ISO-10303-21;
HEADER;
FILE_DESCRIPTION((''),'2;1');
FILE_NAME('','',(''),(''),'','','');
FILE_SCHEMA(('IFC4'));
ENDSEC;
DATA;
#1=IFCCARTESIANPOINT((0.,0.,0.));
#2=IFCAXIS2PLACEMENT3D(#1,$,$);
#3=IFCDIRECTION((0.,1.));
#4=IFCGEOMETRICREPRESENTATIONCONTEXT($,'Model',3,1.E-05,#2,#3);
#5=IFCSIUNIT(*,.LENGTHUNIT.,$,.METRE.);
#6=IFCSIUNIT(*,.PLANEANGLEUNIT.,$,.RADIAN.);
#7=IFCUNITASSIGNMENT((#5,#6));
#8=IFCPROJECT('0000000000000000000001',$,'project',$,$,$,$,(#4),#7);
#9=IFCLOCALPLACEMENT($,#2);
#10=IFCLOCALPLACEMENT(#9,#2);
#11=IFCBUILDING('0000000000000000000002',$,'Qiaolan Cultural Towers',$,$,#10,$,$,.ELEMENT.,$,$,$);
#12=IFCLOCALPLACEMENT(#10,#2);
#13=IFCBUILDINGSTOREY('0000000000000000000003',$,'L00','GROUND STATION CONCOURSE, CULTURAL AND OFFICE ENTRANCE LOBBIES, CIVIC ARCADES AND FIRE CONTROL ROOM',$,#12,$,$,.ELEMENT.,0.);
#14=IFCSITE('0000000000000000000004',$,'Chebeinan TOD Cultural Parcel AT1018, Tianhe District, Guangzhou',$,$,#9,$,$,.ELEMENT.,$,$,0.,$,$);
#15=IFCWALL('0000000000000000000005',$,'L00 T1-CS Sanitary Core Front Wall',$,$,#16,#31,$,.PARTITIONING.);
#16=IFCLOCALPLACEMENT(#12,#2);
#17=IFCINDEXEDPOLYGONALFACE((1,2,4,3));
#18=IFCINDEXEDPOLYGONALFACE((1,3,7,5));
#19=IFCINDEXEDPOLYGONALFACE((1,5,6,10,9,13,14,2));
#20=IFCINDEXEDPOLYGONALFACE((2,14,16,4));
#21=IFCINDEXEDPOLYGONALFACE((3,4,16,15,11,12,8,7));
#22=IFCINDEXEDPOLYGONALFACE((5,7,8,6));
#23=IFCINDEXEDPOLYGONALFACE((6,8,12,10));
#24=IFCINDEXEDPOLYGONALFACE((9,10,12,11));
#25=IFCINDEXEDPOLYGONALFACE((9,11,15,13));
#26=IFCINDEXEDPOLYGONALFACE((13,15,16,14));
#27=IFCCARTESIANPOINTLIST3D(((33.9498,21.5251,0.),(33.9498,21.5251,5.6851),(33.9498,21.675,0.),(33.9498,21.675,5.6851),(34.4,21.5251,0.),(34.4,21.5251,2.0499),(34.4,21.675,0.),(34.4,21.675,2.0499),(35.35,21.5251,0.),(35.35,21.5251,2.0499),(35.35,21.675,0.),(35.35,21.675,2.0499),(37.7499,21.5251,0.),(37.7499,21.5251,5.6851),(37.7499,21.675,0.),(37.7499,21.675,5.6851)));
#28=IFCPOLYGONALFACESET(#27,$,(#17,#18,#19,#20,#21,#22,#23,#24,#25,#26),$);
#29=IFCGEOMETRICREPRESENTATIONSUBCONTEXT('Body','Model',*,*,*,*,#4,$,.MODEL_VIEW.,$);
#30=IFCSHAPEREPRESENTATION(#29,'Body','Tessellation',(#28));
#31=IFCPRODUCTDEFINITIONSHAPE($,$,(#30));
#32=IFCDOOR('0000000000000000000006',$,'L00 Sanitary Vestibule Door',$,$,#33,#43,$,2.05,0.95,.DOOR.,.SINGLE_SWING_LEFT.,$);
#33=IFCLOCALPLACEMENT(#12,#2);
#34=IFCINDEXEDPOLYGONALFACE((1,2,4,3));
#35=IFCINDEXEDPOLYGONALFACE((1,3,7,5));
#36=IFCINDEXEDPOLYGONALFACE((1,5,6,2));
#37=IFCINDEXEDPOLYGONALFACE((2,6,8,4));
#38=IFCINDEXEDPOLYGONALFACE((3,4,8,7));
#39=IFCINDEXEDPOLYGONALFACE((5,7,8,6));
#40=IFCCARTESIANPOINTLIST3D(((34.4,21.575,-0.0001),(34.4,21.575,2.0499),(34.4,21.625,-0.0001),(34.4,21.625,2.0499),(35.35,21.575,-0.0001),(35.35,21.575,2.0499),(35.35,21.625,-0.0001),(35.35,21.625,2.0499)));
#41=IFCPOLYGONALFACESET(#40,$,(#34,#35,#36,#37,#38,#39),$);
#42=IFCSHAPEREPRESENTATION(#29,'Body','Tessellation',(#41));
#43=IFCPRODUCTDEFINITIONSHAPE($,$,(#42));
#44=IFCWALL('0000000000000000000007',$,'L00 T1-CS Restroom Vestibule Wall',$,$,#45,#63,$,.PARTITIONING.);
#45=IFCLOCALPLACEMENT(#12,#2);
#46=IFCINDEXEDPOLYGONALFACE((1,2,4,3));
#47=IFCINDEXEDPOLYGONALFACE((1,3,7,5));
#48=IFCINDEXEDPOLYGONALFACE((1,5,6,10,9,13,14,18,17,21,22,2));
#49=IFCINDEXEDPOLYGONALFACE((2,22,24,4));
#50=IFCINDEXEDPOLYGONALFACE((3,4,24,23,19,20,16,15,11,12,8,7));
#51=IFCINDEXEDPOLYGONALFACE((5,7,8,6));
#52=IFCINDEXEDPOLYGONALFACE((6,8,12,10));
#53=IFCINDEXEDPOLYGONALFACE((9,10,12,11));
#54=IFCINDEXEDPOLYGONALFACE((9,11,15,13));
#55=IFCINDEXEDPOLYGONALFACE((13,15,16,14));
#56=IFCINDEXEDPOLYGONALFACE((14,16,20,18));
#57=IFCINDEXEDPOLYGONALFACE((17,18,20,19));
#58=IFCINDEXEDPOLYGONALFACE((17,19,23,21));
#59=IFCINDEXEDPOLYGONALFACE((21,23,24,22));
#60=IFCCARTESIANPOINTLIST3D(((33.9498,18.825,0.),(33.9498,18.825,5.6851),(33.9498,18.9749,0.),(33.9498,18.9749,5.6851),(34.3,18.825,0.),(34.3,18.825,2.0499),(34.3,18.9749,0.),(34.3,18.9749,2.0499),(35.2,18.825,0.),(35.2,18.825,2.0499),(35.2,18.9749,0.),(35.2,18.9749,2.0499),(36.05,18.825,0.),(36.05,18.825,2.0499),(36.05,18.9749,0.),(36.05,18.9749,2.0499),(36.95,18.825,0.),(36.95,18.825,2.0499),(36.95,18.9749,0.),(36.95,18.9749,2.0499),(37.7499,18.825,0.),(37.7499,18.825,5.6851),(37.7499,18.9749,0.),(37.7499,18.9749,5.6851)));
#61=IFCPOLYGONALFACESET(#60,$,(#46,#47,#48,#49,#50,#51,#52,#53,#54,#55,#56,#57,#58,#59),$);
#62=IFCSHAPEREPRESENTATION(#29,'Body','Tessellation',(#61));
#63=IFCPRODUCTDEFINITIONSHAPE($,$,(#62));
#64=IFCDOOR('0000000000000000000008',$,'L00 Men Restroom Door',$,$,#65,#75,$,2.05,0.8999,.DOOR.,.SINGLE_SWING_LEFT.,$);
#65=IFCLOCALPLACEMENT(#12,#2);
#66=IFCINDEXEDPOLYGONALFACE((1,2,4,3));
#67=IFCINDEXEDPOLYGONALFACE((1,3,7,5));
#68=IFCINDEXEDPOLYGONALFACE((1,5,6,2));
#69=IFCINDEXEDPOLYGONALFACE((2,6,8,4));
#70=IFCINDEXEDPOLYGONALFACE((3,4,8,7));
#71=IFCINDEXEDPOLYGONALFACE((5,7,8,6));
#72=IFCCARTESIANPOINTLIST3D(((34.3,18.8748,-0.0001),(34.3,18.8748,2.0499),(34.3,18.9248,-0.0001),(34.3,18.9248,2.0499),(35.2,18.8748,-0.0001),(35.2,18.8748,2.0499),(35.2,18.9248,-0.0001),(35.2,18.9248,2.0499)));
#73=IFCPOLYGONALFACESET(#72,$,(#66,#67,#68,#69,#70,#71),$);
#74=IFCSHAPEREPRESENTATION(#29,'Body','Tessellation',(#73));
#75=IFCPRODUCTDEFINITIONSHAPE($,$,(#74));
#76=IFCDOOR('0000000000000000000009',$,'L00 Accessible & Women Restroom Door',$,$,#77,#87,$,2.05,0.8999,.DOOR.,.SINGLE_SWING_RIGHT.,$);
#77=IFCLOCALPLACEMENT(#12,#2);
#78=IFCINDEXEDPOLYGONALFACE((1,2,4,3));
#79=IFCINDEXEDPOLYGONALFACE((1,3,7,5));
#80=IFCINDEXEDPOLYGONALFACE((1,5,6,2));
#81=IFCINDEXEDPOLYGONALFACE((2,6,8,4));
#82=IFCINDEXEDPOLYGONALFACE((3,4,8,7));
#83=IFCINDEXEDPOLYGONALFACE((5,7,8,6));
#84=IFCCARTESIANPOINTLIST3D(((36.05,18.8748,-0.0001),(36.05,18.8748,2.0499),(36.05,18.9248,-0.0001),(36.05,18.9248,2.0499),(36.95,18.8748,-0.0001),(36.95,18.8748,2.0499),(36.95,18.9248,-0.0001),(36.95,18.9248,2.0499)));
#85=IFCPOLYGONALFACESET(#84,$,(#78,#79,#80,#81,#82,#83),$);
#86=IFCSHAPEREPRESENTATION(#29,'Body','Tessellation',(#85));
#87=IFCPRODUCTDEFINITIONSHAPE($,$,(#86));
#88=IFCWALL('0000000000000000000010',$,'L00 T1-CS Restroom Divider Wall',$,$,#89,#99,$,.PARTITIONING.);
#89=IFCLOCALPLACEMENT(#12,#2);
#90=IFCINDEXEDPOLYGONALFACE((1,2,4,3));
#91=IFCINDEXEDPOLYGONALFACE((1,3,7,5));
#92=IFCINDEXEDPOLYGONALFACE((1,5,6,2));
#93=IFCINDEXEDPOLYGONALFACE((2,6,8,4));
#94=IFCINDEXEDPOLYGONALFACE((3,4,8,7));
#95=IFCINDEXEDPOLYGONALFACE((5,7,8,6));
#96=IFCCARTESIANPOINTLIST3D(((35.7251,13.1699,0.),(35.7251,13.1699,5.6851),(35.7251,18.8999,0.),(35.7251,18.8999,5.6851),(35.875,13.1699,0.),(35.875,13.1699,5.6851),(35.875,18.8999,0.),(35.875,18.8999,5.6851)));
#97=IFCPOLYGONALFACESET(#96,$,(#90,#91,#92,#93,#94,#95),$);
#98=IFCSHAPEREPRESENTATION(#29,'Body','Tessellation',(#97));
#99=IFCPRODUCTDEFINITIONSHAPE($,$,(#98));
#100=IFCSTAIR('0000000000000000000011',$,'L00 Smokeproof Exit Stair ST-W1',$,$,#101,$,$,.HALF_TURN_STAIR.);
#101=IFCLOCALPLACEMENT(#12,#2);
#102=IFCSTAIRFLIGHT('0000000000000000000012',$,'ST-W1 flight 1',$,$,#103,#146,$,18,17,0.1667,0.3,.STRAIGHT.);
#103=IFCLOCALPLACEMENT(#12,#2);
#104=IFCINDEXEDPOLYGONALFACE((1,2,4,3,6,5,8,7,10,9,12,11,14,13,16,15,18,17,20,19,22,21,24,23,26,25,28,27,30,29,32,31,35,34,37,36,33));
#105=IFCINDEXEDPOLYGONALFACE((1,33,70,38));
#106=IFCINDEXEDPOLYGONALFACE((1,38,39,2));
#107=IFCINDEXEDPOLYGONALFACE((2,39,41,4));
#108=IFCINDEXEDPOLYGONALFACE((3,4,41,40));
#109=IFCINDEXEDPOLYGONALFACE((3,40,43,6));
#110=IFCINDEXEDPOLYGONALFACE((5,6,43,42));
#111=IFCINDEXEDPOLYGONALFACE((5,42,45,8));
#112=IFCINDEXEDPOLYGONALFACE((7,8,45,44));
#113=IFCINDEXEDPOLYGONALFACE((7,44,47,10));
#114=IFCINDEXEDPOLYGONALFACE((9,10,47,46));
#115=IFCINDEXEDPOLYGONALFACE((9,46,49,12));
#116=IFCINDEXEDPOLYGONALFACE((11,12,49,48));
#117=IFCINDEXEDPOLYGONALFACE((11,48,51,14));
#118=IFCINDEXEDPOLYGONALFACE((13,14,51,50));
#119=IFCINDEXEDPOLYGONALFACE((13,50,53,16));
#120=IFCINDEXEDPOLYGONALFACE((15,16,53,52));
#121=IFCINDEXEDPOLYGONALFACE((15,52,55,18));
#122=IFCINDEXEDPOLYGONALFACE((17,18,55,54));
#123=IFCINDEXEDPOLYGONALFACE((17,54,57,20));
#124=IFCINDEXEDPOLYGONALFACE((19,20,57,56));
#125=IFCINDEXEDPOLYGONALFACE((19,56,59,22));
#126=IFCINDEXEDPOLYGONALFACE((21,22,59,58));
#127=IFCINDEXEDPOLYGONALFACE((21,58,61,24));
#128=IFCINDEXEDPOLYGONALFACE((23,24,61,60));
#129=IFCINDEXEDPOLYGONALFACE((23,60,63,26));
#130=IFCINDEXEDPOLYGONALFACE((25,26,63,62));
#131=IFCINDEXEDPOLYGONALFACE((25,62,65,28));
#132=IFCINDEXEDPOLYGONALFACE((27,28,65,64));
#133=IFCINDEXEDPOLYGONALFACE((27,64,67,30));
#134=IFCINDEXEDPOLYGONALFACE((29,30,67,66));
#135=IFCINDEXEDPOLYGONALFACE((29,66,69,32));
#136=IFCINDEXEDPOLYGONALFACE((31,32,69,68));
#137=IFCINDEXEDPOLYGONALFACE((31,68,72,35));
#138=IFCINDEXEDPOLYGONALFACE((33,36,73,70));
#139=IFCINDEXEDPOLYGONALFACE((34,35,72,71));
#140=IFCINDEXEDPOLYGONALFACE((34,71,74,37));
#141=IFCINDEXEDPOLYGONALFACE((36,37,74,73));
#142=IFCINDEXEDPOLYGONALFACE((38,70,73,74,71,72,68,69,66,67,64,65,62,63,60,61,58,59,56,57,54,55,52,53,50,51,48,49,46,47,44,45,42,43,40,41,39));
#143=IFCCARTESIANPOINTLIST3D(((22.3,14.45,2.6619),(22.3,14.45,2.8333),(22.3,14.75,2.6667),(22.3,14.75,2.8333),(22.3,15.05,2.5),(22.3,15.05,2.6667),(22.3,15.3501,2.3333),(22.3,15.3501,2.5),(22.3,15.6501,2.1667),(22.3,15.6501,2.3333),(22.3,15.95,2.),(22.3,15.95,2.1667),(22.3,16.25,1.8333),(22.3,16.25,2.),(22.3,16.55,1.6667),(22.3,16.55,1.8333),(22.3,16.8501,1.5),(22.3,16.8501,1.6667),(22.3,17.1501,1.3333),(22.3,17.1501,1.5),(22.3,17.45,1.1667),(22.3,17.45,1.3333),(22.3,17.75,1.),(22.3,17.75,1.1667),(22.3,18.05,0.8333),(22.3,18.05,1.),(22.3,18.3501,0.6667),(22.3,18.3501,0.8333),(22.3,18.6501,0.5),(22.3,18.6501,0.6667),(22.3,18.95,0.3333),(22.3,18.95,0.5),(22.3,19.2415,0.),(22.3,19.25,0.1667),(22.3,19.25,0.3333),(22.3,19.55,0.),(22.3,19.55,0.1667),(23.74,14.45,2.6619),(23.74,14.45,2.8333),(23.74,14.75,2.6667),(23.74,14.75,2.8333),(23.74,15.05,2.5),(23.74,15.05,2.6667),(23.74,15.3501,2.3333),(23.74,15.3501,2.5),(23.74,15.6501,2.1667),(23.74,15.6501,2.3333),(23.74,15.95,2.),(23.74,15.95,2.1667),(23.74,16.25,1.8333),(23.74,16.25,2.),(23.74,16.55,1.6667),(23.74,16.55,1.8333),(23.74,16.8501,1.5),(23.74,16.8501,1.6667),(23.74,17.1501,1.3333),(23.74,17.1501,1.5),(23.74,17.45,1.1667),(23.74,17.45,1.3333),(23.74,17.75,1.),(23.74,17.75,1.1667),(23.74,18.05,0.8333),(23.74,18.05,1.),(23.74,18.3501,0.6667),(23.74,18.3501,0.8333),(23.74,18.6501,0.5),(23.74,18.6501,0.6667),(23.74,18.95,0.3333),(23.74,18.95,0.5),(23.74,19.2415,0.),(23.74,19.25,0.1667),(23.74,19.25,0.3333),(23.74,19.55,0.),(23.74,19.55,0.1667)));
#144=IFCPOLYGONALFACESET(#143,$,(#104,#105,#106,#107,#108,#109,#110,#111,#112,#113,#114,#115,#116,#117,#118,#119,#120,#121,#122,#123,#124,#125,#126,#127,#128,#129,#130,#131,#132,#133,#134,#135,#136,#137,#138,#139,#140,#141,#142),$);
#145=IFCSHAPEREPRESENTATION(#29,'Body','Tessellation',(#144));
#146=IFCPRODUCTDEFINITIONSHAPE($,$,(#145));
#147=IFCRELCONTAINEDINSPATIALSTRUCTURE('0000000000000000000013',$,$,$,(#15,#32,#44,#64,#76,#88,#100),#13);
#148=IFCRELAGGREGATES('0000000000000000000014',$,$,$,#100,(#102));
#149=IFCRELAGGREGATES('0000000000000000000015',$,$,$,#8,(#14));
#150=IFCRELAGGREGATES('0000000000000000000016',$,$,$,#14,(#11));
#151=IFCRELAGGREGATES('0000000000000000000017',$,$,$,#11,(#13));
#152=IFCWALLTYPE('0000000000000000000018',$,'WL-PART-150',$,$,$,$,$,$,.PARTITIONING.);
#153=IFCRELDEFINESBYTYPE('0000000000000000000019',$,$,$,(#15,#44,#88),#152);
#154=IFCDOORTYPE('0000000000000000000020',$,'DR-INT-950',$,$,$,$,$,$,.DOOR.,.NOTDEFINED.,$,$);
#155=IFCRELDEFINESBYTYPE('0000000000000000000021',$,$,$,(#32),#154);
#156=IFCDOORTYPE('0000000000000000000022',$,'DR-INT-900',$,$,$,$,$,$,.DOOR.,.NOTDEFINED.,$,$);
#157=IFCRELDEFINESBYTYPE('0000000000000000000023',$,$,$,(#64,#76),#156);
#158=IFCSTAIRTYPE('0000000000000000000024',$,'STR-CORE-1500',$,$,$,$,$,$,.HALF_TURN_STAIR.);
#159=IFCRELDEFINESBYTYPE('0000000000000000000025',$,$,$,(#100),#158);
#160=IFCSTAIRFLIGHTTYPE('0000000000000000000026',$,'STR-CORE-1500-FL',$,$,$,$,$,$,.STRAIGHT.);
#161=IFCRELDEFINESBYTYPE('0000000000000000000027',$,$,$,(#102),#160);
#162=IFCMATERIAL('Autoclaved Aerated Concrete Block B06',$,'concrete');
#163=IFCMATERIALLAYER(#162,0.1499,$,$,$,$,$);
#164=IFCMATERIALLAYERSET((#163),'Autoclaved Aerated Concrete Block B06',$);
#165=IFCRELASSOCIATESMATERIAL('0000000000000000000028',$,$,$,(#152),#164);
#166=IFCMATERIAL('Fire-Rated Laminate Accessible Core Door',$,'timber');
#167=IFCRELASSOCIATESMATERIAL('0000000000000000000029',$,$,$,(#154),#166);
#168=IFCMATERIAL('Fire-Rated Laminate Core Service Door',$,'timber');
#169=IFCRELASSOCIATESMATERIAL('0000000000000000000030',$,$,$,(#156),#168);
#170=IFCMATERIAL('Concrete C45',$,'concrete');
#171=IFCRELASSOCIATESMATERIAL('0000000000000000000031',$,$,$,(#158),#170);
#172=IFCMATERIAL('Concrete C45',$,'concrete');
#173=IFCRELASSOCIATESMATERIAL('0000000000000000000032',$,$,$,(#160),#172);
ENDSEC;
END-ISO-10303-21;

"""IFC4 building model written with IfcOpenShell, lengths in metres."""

from ifc_helpers import new_model, si_unit, direction, frame, frame_2d, origin, place, context, subcontext, project, spatial, polyline, rectangle, outline, extrude, material, layer, layer_set, type_object, element, fill, aggregate, save


model = new_model("IFC4")

# Units and contexts
model_context = context("Model", 3, precision=1e-05, world=origin(), true_north=direction((0.0, 1.0)))
body_context = subcontext(model_context, "Body", "Model", "MODEL_VIEW")
ifc_project = project(units=[si_unit("LENGTHUNIT", "METRE"), si_unit("PLANEANGLEUNIT", "RADIAN")], contexts=[model_context])

# Site, building, storey
site_placement = place(None, origin())
site = spatial("IfcSite", under=ifc_project, at=site_placement, Name="Chebeinan TOD Cultural Parcel AT1018, Tianhe District, Guangzhou", CompositionType="ELEMENT", RefElevation=0.0)
building_placement = place(site_placement, origin())
building = spatial("IfcBuilding", under=site, at=building_placement, Name="Qiaolan Cultural Towers", CompositionType="ELEMENT")
storey_placement = place(building_placement, origin())
storey = spatial("IfcBuildingStorey", under=building, at=storey_placement, Name="L00", Description="GROUND STATION CONCOURSE, CULTURAL AND OFFICE ENTRANCE LOBBIES, CIVIC ARCADES AND FIRE CONTROL ROOM", CompositionType="ELEMENT", Elevation=0.0)

# Wall, opening, door
ifc_material_1 = material(Name="Autoclaved Aerated Concrete Block B06", Category="concrete")
ifc_layer_1 = layer(ifc_material_1, 0.1499)
ifc_layer_set_1 = layer_set([ifc_layer_1], Name="Autoclaved Aerated Concrete Block B06")
wall_type_1 = type_object("IfcWallType", Name="WL-PART-150", PredefinedType="PARTITIONING", material=ifc_layer_set_1)
wall_1_placement = place(storey_placement, frame((33.95, 21.6001, 0.0), z_axis=(0.0, 0.0, 1.0), x_axis=(1.0, 0.0, 0.0)))
wall_1 = element("IfcWall", 1, at=wall_1_placement, inside=storey, type_object=wall_type_1, Name="L00 T1-CS Sanitary Core Front Wall", PredefinedType="PARTITIONING", context=body_context, shape_type="SweptSolid", body=[
    extrude(rectangle(XDim=3.8, YDim=0.1499, at=frame_2d((1.8999, 0.0))), origin(), (0.0, 0.0, 1.0), 5.6851),
])
opening_1_placement = place(wall_1_placement, frame((0.45, 0.0, 0.0)))
opening_1 = element("IfcOpeningElement", 2, at=opening_1_placement, cuts=wall_1, PredefinedType="OPENING", context=body_context, shape_type="SweptSolid", body=[
    extrude(rectangle(XDim=0.95, YDim=2.05, at=frame_2d((0.4751, 1.0249))), frame((0.0, 0.085, 0.0), z_axis=(0.0, -1.0, 0.0), x_axis=(1.0, 0.0, 0.0)), (0.0, 0.0, 1.0), 0.1699),
])
ifc_material_2 = material(Name="Fire-Rated Laminate Accessible Core Door", Category="timber")
door_type_1 = type_object("IfcDoorType", Name="DR-INT-950", OperationType="NOTDEFINED", PredefinedType="DOOR", material=ifc_material_2)
door_1_placement = place(opening_1_placement, origin())
door_1 = element("IfcDoor", 3, at=door_1_placement, inside=storey, type_object=door_type_1, Name="L00 Sanitary Vestibule Door", OperationType="SINGLE_SWING_LEFT", OverallHeight=2.05, OverallWidth=0.95, PredefinedType="DOOR", context=body_context, shape_type="SweptSolid", body=[
    extrude(rectangle(XDim=0.95, YDim=2.05, at=frame_2d((0.4751, 1.0249))), frame((0.0, 0.0249, 0.0), z_axis=(0.0, -1.0, 0.0), x_axis=(1.0, 0.0, 0.0)), (0.0, 0.0, 1.0), 0.05),
])
fill(opening_1, door_1)

# Wall, openings, doors
wall_2_placement = place(storey_placement, frame((33.95, 18.8999, 0.0), z_axis=(0.0, 0.0, 1.0), x_axis=(1.0, 0.0, 0.0)))
wall_2 = element("IfcWall", 4, at=wall_2_placement, inside=storey, type_object=wall_type_1, Name="L00 T1-CS Restroom Vestibule Wall", PredefinedType="PARTITIONING", context=body_context, shape_type="SweptSolid", body=[
    extrude(rectangle(XDim=3.8, YDim=0.1499, at=frame_2d((1.8999, 0.0))), origin(), (0.0, 0.0, 1.0), 5.6851),
])
opening_2_placement = place(wall_2_placement, frame((0.3501, 0.0, 0.0)))
opening_2 = element("IfcOpeningElement", 5, at=opening_2_placement, cuts=wall_2, PredefinedType="OPENING", context=body_context, shape_type="SweptSolid", body=[
    extrude(rectangle(XDim=0.8999, YDim=2.05, at=frame_2d((0.45, 1.0249))), frame((0.0, 0.085, 0.0), z_axis=(0.0, -1.0, 0.0), x_axis=(1.0, 0.0, 0.0)), (0.0, 0.0, 1.0), 0.1699),
])
opening_3_placement = place(wall_2_placement, frame((2.1001, 0.0, 0.0)))
opening_3 = element("IfcOpeningElement", 6, at=opening_3_placement, cuts=wall_2, PredefinedType="OPENING", context=body_context, shape_type="SweptSolid", body=[
    extrude(rectangle(XDim=0.8999, YDim=2.05, at=frame_2d((0.45, 1.0249))), frame((0.0, 0.085, 0.0), z_axis=(0.0, -1.0, 0.0), x_axis=(1.0, 0.0, 0.0)), (0.0, 0.0, 1.0), 0.1699),
])
ifc_material_3 = material(Name="Fire-Rated Laminate Core Service Door", Category="timber")
door_type_2 = type_object("IfcDoorType", Name="DR-INT-900", OperationType="NOTDEFINED", PredefinedType="DOOR", material=ifc_material_3)
door_2_placement = place(opening_2_placement, origin())
door_2 = element("IfcDoor", 7, at=door_2_placement, inside=storey, type_object=door_type_2, Name="L00 Men Restroom Door", OperationType="SINGLE_SWING_LEFT", OverallHeight=2.05, OverallWidth=0.8999, PredefinedType="DOOR", context=body_context, shape_type="SweptSolid", body=[
    extrude(rectangle(XDim=0.8999, YDim=2.05, at=frame_2d((0.45, 1.0249))), frame((0.0, 0.0249, 0.0), z_axis=(0.0, -1.0, 0.0), x_axis=(1.0, 0.0, 0.0)), (0.0, 0.0, 1.0), 0.05),
])
fill(opening_2, door_2)
door_3_placement = place(opening_3_placement, origin())
door_3 = element("IfcDoor", 8, at=door_3_placement, inside=storey, type_object=door_type_2, Name="L00 Accessible & Women Restroom Door", OperationType="SINGLE_SWING_RIGHT", OverallHeight=2.05, OverallWidth=0.8999, PredefinedType="DOOR", context=body_context, shape_type="SweptSolid", body=[
    extrude(rectangle(XDim=0.8999, YDim=2.05, at=frame_2d((0.45, 1.0249))), frame((0.0, 0.0249, 0.0), z_axis=(0.0, -1.0, 0.0), x_axis=(1.0, 0.0, 0.0)), (0.0, 0.0, 1.0), 0.05),
])
fill(opening_3, door_3)

# Wall
wall_3_placement = place(storey_placement, frame((35.8, 18.8999, 0.0), z_axis=(0.0, 0.0, 1.0), x_axis=(0.0, -1.0, 0.0)))
element("IfcWall", 9, at=wall_3_placement, inside=storey, type_object=wall_type_1, Name="L00 T1-CS Restroom Divider Wall", PredefinedType="PARTITIONING", context=body_context, shape_type="SweptSolid", body=[
    extrude(rectangle(XDim=5.73, YDim=0.1499, at=frame_2d((2.865, 0.0))), origin(), (0.0, 0.0, 1.0), 5.6851),
])

# Stair, stair flight
ifc_material_4 = material(Name="Concrete C45", Category="concrete")
stair_type = type_object("IfcStairType", Name="STR-CORE-1500", PredefinedType="HALF_TURN_STAIR", material=ifc_material_4)
stair_placement = place(storey_placement, origin())
stair = element("IfcStair", 10, at=stair_placement, inside=storey, type_object=stair_type, Name="L00 Smokeproof Exit Stair ST-W1", PredefinedType="HALF_TURN_STAIR")
ifc_material_5 = material(Name="Concrete C45", Category="concrete")
stair_flight_type = type_object("IfcStairFlightType", Name="STR-CORE-1500-FL", PredefinedType="STRAIGHT", material=ifc_material_5)
stair_flight_placement = place(storey_placement, frame((23.02, 19.55, 0.0), z_axis=(0.0, 0.0, 1.0), x_axis=(0.0, -1.0, 0.0)))
stair_flight = element("IfcStairFlight", 11, at=stair_flight_placement, type_object=stair_flight_type, Name="ST-W1 flight 1", NumberOfRisers=18, NumberOfTreads=17, PredefinedType="STRAIGHT", RiserHeight=0.1667, TreadLength=0.3, context=body_context, shape_type="SweptSolid", body=[
    extrude(outline(polyline([(0.0, 0.0), (0.0, 0.1667), (0.3, 0.1667), (0.3, 0.3333), (0.6001, 0.3333), (0.6001, 0.5), (0.8999, 0.5), (0.8999, 0.6667), (1.2, 0.6667), (1.2, 0.8333), (1.5, 0.8333), (1.5, 1.0), (1.8, 1.0), (1.8, 1.1667), (2.1001, 1.1667), (2.1001, 1.3333), (2.3999, 1.3333), (2.3999, 1.5), (2.7, 1.5), (2.7, 1.6667), (3.0, 1.6667), (3.0, 1.8333), (3.3, 1.8333), (3.3, 2.0), (3.6001, 2.0), (3.6001, 2.1667), (3.8999, 2.1667), (3.8999, 2.3333), (4.2, 2.3333), (4.2, 2.5), (4.5, 2.5), (4.5, 2.6667), (4.8, 2.6667), (4.8, 2.8333), (5.1001, 2.8333), (5.1001, 3.0), (5.1001, 2.6619), (0.3086, 0.0), (0.0, 0.0)])), frame((0.0, 0.72, 0.0), z_axis=(0.0, -1.0, 0.0), x_axis=(1.0, 0.0, 0.0)), (0.0, 0.0, 1.0), 1.4399),
])
aggregate(stair, [stair_flight])

save(model, "model.ifc")
